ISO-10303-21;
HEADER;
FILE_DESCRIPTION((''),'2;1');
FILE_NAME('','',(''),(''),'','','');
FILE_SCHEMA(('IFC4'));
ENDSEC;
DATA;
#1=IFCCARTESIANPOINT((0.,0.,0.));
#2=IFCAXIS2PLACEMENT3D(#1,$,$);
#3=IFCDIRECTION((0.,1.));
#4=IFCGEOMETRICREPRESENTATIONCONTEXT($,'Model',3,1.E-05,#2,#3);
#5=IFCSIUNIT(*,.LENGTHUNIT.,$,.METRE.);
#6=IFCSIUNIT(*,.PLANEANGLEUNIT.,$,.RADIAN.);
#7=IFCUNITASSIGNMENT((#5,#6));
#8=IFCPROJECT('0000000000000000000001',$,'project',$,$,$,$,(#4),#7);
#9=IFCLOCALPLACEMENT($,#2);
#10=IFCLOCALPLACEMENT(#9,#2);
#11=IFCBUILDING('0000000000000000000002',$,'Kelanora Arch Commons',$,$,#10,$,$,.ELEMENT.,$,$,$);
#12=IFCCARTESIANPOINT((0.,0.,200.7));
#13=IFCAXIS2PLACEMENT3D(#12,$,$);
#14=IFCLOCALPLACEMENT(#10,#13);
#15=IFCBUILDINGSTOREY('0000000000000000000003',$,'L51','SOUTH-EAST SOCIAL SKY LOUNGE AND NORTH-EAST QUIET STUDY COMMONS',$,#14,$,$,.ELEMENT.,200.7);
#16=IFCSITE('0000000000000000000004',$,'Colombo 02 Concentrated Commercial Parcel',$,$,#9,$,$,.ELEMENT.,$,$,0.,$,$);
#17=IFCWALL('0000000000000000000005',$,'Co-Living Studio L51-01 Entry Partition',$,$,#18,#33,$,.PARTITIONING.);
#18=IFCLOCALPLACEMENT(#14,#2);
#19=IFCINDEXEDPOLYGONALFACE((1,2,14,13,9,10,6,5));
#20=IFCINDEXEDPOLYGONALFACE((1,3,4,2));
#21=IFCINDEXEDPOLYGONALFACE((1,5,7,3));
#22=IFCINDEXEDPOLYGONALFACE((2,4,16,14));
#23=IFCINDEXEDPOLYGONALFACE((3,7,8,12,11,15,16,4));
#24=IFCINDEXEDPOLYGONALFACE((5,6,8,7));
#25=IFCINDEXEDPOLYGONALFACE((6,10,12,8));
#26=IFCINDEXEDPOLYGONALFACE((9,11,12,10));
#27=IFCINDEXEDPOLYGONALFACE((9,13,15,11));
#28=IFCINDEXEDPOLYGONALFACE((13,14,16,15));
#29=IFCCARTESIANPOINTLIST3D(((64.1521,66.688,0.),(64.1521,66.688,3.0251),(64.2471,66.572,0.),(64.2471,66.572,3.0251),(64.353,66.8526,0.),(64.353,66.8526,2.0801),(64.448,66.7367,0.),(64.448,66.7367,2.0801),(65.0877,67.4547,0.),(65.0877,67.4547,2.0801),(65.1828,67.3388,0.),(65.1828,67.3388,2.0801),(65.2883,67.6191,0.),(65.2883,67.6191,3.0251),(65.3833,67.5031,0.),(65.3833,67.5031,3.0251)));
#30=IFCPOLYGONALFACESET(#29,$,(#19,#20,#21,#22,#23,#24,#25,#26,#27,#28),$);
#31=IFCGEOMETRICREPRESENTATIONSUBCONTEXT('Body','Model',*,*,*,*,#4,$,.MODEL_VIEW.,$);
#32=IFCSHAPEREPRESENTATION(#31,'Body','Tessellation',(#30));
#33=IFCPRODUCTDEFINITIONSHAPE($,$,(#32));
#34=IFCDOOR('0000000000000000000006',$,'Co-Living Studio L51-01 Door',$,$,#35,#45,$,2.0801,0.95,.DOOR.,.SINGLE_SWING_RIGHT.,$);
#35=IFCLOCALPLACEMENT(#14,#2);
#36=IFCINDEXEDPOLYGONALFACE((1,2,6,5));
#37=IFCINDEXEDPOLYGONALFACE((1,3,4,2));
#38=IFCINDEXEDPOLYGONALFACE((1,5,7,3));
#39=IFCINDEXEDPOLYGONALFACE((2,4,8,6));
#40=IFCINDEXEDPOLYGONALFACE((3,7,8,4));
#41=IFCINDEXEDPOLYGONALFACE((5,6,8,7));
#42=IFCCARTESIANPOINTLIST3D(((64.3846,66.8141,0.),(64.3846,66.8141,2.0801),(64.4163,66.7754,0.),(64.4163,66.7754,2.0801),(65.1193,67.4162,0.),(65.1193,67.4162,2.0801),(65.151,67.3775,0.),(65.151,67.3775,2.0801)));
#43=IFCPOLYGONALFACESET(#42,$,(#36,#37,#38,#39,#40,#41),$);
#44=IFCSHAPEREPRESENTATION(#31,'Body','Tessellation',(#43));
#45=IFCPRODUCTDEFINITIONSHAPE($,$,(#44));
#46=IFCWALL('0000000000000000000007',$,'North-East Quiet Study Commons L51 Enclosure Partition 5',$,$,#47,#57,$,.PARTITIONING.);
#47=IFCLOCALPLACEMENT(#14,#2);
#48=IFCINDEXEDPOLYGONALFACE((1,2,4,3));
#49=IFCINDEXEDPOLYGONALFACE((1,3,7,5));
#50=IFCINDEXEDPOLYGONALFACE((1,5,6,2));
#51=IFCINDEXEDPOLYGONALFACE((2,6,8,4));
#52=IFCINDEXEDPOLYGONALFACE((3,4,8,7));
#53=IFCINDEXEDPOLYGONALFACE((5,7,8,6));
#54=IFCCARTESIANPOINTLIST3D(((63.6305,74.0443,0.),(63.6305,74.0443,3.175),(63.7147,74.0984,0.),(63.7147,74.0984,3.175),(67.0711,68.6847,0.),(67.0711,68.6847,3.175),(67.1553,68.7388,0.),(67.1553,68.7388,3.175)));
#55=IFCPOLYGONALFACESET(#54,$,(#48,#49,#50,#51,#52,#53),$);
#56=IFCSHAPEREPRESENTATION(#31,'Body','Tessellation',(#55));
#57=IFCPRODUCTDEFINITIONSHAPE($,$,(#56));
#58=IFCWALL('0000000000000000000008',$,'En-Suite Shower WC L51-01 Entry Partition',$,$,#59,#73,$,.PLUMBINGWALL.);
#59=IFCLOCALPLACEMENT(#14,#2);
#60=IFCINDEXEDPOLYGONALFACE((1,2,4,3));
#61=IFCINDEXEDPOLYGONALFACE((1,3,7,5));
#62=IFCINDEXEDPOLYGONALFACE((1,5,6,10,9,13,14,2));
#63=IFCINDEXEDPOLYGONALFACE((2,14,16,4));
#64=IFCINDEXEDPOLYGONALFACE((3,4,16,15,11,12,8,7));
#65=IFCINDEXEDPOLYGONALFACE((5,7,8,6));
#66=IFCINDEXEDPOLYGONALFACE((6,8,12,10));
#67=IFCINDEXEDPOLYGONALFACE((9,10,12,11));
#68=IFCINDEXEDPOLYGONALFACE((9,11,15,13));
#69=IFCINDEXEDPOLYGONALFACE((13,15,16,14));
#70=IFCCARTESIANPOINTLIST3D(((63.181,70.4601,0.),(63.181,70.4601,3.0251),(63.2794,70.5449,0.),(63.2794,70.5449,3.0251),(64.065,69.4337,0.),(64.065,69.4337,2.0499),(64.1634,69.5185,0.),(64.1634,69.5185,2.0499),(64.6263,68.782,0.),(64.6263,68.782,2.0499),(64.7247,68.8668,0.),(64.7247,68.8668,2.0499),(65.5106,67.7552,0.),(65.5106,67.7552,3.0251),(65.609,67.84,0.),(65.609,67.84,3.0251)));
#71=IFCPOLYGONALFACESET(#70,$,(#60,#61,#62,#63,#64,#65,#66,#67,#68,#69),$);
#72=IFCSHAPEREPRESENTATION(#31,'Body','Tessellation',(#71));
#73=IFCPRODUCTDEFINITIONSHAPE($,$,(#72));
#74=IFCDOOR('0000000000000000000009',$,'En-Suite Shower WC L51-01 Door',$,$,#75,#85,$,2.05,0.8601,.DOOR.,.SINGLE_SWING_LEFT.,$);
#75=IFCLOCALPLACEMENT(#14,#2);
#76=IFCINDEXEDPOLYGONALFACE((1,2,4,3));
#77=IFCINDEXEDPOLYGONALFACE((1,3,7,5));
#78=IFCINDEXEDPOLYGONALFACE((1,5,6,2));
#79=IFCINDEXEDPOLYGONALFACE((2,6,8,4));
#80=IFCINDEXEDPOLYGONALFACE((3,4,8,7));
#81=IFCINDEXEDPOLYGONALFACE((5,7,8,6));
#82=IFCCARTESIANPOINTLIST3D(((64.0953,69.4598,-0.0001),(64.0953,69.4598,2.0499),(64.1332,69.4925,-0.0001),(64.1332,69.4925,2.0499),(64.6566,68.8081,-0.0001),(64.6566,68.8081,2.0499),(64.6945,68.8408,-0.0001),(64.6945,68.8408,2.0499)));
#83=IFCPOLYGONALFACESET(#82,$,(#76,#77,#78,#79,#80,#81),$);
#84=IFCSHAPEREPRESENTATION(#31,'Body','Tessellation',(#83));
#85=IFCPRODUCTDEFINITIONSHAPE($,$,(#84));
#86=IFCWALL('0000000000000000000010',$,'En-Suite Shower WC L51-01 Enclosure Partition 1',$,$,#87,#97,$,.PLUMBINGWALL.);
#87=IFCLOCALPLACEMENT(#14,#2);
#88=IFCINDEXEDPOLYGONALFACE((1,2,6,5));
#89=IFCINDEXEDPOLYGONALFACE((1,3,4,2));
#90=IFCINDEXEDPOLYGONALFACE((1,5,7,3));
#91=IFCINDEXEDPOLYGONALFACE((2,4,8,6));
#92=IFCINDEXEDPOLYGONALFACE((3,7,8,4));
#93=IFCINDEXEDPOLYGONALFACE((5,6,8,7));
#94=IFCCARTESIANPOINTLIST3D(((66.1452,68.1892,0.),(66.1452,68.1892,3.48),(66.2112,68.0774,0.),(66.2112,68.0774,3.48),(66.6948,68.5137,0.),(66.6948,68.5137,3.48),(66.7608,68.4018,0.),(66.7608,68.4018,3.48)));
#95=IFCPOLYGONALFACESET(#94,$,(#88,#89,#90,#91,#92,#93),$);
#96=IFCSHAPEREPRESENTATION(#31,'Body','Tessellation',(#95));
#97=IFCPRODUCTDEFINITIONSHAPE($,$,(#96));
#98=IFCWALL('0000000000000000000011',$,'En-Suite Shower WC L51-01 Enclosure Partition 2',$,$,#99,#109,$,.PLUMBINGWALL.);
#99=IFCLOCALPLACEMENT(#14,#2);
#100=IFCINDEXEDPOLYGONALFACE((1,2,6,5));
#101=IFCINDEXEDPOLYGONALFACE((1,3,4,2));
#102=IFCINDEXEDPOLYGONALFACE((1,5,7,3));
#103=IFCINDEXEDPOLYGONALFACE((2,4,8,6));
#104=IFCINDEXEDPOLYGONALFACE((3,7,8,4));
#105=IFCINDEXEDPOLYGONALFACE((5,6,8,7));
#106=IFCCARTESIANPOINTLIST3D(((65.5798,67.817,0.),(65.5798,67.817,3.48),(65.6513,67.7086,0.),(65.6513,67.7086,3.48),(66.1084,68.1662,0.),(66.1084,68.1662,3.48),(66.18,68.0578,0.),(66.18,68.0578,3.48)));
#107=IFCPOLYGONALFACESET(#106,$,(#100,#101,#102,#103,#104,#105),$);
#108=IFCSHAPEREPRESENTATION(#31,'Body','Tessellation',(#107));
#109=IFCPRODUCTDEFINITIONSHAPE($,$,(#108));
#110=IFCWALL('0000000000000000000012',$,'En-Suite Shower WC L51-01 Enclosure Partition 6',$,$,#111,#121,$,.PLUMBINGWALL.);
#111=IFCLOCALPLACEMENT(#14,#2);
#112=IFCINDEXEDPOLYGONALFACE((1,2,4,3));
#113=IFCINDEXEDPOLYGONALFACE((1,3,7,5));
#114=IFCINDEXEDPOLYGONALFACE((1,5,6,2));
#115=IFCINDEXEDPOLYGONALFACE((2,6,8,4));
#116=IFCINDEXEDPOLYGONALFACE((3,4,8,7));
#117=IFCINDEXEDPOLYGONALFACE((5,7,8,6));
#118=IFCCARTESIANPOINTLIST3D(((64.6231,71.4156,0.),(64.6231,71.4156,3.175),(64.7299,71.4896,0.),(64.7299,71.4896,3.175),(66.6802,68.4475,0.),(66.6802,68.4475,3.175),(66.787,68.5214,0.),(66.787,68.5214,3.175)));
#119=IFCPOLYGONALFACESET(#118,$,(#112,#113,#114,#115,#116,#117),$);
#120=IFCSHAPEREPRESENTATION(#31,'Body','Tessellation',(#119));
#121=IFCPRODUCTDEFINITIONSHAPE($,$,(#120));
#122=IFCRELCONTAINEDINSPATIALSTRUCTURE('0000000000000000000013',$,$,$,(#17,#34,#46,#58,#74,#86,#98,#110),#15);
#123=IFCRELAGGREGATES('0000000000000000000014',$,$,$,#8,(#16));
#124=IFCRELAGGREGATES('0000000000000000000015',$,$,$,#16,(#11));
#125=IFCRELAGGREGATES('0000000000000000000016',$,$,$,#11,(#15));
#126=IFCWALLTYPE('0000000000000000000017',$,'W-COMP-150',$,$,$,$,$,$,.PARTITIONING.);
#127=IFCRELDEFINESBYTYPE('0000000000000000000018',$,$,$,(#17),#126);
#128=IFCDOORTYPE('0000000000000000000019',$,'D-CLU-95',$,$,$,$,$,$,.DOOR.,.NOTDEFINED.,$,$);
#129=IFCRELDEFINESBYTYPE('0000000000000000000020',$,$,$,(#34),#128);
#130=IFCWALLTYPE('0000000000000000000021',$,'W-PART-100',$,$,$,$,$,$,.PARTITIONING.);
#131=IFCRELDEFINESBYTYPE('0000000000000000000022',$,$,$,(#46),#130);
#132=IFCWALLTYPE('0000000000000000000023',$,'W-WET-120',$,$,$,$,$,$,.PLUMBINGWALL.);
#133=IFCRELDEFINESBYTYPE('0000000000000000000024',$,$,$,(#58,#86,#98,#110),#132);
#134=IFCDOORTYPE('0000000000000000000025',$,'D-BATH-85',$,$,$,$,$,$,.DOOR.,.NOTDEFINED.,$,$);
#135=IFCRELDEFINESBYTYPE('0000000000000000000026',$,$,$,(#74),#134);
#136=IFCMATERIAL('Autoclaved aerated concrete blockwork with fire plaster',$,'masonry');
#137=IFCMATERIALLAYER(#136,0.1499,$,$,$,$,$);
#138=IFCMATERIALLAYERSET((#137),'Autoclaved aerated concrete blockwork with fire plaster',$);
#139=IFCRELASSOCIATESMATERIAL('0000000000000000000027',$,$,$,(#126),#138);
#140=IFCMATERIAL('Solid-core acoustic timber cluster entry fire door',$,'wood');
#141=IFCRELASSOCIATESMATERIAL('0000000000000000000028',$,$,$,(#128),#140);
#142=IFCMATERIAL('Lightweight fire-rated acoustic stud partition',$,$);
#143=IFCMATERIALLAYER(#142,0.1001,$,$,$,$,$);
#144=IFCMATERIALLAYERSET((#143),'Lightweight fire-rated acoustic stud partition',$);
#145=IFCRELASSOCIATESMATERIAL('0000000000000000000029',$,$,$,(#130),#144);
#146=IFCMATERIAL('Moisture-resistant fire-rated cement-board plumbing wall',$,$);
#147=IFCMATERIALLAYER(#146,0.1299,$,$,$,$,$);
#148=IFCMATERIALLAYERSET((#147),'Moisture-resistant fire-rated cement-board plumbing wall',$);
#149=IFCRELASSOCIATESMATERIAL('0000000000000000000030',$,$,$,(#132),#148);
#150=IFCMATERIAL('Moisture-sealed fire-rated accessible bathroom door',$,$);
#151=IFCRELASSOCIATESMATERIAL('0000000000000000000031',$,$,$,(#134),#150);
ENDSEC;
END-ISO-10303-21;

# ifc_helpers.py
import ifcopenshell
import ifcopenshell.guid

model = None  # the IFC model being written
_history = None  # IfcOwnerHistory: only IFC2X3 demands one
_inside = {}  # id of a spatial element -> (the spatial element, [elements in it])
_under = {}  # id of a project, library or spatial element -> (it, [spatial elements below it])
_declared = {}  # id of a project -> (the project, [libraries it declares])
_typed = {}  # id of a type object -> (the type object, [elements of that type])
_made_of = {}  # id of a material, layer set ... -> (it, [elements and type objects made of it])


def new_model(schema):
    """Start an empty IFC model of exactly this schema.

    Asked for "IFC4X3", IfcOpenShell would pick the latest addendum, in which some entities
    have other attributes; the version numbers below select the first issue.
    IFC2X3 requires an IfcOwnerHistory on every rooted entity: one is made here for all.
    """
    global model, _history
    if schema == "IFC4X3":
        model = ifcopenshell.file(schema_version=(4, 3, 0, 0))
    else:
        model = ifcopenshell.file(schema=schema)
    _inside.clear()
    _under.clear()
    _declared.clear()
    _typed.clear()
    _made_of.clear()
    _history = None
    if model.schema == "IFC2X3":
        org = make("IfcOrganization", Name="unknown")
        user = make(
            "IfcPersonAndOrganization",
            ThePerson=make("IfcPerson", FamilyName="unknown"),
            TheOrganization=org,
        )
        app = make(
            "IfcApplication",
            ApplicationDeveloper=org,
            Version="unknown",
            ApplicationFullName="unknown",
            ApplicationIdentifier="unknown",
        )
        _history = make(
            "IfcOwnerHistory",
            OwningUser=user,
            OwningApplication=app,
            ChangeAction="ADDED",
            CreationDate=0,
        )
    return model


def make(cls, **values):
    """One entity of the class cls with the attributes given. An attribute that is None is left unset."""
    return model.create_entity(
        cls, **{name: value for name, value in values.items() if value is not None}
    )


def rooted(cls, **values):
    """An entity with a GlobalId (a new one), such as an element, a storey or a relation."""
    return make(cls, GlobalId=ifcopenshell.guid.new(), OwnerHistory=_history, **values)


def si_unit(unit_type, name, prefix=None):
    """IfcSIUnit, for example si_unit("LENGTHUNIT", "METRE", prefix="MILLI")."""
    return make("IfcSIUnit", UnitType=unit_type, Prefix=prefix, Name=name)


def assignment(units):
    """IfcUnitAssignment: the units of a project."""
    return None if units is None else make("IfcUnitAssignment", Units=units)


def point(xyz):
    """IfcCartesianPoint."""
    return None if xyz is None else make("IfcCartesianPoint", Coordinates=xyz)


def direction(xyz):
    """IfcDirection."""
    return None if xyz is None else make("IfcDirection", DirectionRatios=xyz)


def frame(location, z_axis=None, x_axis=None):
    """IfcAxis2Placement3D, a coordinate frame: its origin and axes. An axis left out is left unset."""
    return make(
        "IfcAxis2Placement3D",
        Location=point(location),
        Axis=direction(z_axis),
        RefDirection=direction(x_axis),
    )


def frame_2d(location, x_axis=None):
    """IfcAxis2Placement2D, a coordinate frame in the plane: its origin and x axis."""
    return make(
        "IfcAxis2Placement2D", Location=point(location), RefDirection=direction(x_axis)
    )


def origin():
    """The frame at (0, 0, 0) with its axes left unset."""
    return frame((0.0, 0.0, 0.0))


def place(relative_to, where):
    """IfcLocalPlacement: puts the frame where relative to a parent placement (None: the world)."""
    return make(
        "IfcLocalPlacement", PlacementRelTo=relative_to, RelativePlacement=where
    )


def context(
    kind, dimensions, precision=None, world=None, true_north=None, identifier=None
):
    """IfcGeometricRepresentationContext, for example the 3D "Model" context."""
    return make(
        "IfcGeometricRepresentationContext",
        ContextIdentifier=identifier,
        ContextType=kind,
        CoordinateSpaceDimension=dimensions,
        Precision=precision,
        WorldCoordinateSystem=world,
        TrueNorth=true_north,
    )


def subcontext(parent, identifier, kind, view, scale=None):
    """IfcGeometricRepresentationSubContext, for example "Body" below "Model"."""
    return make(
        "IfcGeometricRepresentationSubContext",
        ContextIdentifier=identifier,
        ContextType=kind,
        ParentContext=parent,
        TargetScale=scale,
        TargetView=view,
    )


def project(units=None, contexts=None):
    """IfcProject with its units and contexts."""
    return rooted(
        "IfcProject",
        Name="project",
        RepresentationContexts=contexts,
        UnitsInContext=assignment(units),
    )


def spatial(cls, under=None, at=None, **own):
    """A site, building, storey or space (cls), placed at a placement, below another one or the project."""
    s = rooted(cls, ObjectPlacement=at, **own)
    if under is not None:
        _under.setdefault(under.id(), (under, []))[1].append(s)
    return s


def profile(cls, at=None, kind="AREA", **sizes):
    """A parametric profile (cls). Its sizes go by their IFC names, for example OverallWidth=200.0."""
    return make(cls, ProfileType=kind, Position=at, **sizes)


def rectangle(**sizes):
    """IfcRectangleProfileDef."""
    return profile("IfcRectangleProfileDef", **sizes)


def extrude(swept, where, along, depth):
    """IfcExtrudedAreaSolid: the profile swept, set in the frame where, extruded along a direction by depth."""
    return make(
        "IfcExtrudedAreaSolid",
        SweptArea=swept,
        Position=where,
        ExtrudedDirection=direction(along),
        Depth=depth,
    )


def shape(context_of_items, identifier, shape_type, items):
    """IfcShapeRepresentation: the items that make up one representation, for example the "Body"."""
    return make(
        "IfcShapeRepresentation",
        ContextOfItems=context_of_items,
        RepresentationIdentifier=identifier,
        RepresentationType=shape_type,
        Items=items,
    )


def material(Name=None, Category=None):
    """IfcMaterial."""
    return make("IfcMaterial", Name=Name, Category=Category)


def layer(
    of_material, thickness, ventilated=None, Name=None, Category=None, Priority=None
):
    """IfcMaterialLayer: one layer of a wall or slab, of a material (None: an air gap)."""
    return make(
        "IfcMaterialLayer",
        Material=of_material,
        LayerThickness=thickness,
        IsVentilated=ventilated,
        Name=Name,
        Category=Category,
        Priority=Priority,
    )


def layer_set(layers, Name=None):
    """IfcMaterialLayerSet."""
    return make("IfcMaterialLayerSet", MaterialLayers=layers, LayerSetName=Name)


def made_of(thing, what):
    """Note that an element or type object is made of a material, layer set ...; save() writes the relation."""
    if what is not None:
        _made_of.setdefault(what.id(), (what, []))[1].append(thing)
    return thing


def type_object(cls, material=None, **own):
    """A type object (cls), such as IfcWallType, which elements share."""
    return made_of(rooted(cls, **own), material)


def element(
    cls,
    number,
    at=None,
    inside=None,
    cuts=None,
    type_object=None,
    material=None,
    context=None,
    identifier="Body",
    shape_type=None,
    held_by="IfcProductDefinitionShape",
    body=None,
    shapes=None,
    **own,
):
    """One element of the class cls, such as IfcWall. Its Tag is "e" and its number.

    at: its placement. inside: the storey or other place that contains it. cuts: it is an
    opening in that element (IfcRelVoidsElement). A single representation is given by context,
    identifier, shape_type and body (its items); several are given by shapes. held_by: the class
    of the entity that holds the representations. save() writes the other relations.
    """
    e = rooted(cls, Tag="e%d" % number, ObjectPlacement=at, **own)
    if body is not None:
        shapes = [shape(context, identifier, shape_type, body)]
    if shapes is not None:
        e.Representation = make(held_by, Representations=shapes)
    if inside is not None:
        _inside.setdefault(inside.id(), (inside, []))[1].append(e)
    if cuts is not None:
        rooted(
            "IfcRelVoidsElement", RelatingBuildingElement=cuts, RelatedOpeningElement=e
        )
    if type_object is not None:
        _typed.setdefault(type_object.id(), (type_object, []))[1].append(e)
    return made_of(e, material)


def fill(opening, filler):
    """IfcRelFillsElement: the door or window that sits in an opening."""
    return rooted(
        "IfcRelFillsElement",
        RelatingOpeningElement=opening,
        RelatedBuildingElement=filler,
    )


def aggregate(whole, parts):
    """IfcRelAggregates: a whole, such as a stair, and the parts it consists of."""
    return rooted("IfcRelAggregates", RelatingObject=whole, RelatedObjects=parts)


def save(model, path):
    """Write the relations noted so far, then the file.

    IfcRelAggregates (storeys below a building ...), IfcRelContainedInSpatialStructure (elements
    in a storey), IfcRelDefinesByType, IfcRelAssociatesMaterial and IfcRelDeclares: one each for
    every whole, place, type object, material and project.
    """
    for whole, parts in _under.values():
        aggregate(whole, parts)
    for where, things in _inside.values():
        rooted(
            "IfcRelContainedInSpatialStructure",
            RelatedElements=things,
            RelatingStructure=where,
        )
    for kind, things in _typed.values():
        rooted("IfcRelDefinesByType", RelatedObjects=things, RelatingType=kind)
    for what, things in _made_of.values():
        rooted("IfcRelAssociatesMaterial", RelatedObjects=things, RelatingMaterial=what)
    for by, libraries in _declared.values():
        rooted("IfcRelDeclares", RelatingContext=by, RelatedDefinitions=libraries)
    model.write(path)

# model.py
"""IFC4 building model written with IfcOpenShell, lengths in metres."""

from ifc_helpers import new_model, si_unit, direction, frame, frame_2d, origin, place, context, subcontext, project, spatial, rectangle, extrude, material, layer, layer_set, type_object, element, fill, save


model = new_model("IFC4")

# Units and contexts
model_context = context("Model", 3, precision=1e-05, world=origin(), true_north=direction((0.0, 1.0)))
body_context = subcontext(model_context, "Body", "Model", "MODEL_VIEW")
ifc_project = project(units=[si_unit("LENGTHUNIT", "METRE"), si_unit("PLANEANGLEUNIT", "RADIAN")], contexts=[model_context])

# Site, building, storey
site_placement = place(None, origin())
site = spatial("IfcSite", under=ifc_project, at=site_placement, Name="Colombo 02 Concentrated Commercial Parcel", CompositionType="ELEMENT", RefElevation=0.0)
building_placement = place(site_placement, origin())
building = spatial("IfcBuilding", under=site, at=building_placement, Name="Kelanora Arch Commons", CompositionType="ELEMENT")
storey_placement = place(building_placement, frame((0.0, 0.0, 200.7)))
storey = spatial("IfcBuildingStorey", under=building, at=storey_placement, Name="L51", Description="SOUTH-EAST SOCIAL SKY LOUNGE AND NORTH-EAST QUIET STUDY COMMONS", CompositionType="ELEMENT", Elevation=200.7)

# Wall, opening, door
ifc_material_1 = material(Name="Autoclaved aerated concrete blockwork with fire plaster", Category="masonry")
ifc_layer_1 = layer(ifc_material_1, 0.1499)
ifc_layer_set_1 = layer_set([ifc_layer_1], Name="Autoclaved aerated concrete blockwork with fire plaster")
wall_type_1 = type_object("IfcWallType", Name="W-COMP-150", PredefinedType="PARTITIONING", material=ifc_layer_set_1)
wall_1_placement = place(storey_placement, frame((65.3357, 67.561, 0.0), z_axis=(0.0, 0.0, 1.0), x_axis=(-0.773454, -0.633853, 0.0)))
wall_1 = element("IfcWall", 1, at=wall_1_placement, inside=storey, type_object=wall_type_1, Name="Co-Living Studio L51-01 Entry Partition", PredefinedType="PARTITIONING", context=body_context, shape_type="SweptSolid", body=[
    extrude(rectangle(XDim=1.469, YDim=0.1499, at=frame_2d((0.7344, 0.0))), origin(), (0.0, 0.0, 1.0), 3.0251),
])
opening_1_placement = place(wall_1_placement, frame((0.259, 0.0, 0.0)))
opening_1 = element("IfcOpeningElement", 2, at=opening_1_placement, cuts=wall_1, PredefinedType="OPENING", context=body_context, shape_type="SweptSolid", body=[
    extrude(rectangle(XDim=0.95, YDim=2.0801, at=frame_2d((0.4751, 1.04))), frame((0.0, 0.085, 0.0), z_axis=(0.0, -1.0, 0.0), x_axis=(1.0, 0.0, 0.0)), (0.0, 0.0, 1.0), 0.1699),
])
ifc_material_2 = material(Name="Solid-core acoustic timber cluster entry fire door", Category="wood")
door_type_1 = type_object("IfcDoorType", Name="D-CLU-95", OperationType="NOTDEFINED", PredefinedType="DOOR", material=ifc_material_2)
door_1_placement = place(opening_1_placement, origin())
door_1 = element("IfcDoor", 3, at=door_1_placement, inside=storey, type_object=door_type_1, Name="Co-Living Studio L51-01 Door", OperationType="SINGLE_SWING_RIGHT", OverallHeight=2.0801, OverallWidth=0.95, PredefinedType="DOOR", context=body_context, shape_type="SweptSolid", body=[
    extrude(rectangle(XDim=0.95, YDim=2.0801, at=frame_2d((0.4751, 1.04))), frame((0.0, 0.0249, 0.0), z_axis=(0.0, -1.0, 0.0), x_axis=(1.0, 0.0, 0.0)), (0.0, 0.0, 1.0), 0.05),
])
fill(opening_1, door_1)

# Wall
ifc_material_3 = material(Name="Lightweight fire-rated acoustic stud partition")
ifc_layer_2 = layer(ifc_material_3, 0.1001)
ifc_layer_set_2 = layer_set([ifc_layer_2], Name="Lightweight fire-rated acoustic stud partition")
wall_type_2 = type_object("IfcWallType", Name="W-PART-100", PredefinedType="PARTITIONING", material=ifc_layer_set_2)
wall_2_placement = place(storey_placement, frame((67.1133, 68.7117, 0.0), z_axis=(0.0, 0.0, 1.0), x_axis=(-0.540225, 0.841521, 0.0)))
element("IfcWall", 4, at=wall_2_placement, inside=storey, type_object=wall_type_2, Name="North-East Quiet Study Commons L51 Enclosure Partition 5", PredefinedType="PARTITIONING", context=body_context, shape_type="SweptSolid", body=[
    extrude(rectangle(XDim=6.3689, YDim=0.1001, at=frame_2d((3.1846, 0.0))), origin(), (0.0, 0.0, 1.0), 3.175),
])

# Wall, opening, door
ifc_material_4 = material(Name="Moisture-resistant fire-rated cement-board plumbing wall")
ifc_layer_3 = layer(ifc_material_4, 0.1299)
ifc_layer_set_3 = layer_set([ifc_layer_3], Name="Moisture-resistant fire-rated cement-board plumbing wall")
wall_type_3 = type_object("IfcWallType", Name="W-WET-120", PredefinedType="PLUMBINGWALL", material=ifc_layer_set_3)
wall_3_placement = place(storey_placement, frame((65.5598, 67.7976, 0.0), z_axis=(0.0, 0.0, 1.0), x_axis=(-0.652592, 0.75771, 0.0)))
wall_3 = element("IfcWall", 5, at=wall_3_placement, inside=storey, type_object=wall_type_3, Name="En-Suite Shower WC L51-01 Entry Partition", PredefinedType="PLUMBINGWALL", context=body_context, shape_type="SweptSolid", body=[
    extrude(rectangle(XDim=3.5698, YDim=0.1299, at=frame_2d((1.7849, 0.0))), origin(), (0.0, 0.0, 1.0), 3.0251),
])
opening_2_placement = place(wall_3_placement, frame((1.355, 0.0, 0.0)))
opening_2 = element("IfcOpeningElement", 6, at=opening_2_placement, cuts=wall_3, PredefinedType="OPENING", context=body_context, shape_type="SweptSolid", body=[
    extrude(rectangle(XDim=0.8601, YDim=2.05, at=frame_2d((0.4302, 1.0249))), frame((0.0, 0.075, 0.0), z_axis=(0.0, -1.0, 0.0), x_axis=(1.0, 0.0, 0.0)), (0.0, 0.0, 1.0), 0.1499),
])
ifc_material_5 = material(Name="Moisture-sealed fire-rated accessible bathroom door")
door_type_2 = type_object("IfcDoorType", Name="D-BATH-85", OperationType="NOTDEFINED", PredefinedType="DOOR", material=ifc_material_5)
door_2_placement = place(opening_2_placement, origin())
door_2 = element("IfcDoor", 7, at=door_2_placement, inside=storey, type_object=door_type_2, Name="En-Suite Shower WC L51-01 Door", OperationType="SINGLE_SWING_LEFT", OverallHeight=2.05, OverallWidth=0.8601, PredefinedType="DOOR", context=body_context, shape_type="SweptSolid", body=[
    extrude(rectangle(XDim=0.8601, YDim=2.05, at=frame_2d((0.4302, 1.0249))), frame((0.0, 0.0249, 0.0), z_axis=(0.0, -1.0, 0.0), x_axis=(1.0, 0.0, 0.0)), (0.0, 0.0, 1.0), 0.05),
])
fill(opening_2, door_2)

# Walls
wall_4_placement = place(storey_placement, frame((66.7278, 68.4578, 0.0), z_axis=(0.0, 0.0, 1.0), x_axis=(-0.861117, -0.508407, 0.0)))
element("IfcWall", 8, at=wall_4_placement, inside=storey, type_object=wall_type_3, Name="En-Suite Shower WC L51-01 Enclosure Partition 1", PredefinedType="PLUMBINGWALL", context=body_context, shape_type="SweptSolid", body=[
    extrude(rectangle(XDim=0.6382, YDim=0.1299, at=frame_2d((0.3191, 0.0))), origin(), (0.0, 0.0, 1.0), 3.48),
])
wall_5_placement = place(storey_placement, frame((66.1443, 68.1121, 0.0), z_axis=(0.0, 0.0, 1.0), x_axis=(-0.834414, -0.551137, 0.0)))
element("IfcWall", 9, at=wall_5_placement, inside=storey, type_object=wall_type_3, Name="En-Suite Shower WC L51-01 Enclosure Partition 2", PredefinedType="PLUMBINGWALL", context=body_context, shape_type="SweptSolid", body=[
    extrude(rectangle(XDim=0.6335, YDim=0.1299, at=frame_2d((0.3169, 0.0))), origin(), (0.0, 0.0, 1.0), 3.48),
])
wall_6_placement = place(storey_placement, frame((64.6765, 71.4526, 0.0), z_axis=(0.0, 0.0, 1.0), x_axis=(0.569618, -0.82191, 0.0)))
element("IfcWall", 10, at=wall_6_placement, inside=storey, type_object=wall_type_3, Name="En-Suite Shower WC L51-01 Enclosure Partition 6", PredefinedType="PLUMBINGWALL", context=body_context, shape_type="SweptSolid", body=[
    extrude(rectangle(XDim=3.6113, YDim=0.1299, at=frame_2d((1.8057, 0.0))), origin(), (0.0, 0.0, 1.0), 3.175),
])

save(model, "model.ifc")
